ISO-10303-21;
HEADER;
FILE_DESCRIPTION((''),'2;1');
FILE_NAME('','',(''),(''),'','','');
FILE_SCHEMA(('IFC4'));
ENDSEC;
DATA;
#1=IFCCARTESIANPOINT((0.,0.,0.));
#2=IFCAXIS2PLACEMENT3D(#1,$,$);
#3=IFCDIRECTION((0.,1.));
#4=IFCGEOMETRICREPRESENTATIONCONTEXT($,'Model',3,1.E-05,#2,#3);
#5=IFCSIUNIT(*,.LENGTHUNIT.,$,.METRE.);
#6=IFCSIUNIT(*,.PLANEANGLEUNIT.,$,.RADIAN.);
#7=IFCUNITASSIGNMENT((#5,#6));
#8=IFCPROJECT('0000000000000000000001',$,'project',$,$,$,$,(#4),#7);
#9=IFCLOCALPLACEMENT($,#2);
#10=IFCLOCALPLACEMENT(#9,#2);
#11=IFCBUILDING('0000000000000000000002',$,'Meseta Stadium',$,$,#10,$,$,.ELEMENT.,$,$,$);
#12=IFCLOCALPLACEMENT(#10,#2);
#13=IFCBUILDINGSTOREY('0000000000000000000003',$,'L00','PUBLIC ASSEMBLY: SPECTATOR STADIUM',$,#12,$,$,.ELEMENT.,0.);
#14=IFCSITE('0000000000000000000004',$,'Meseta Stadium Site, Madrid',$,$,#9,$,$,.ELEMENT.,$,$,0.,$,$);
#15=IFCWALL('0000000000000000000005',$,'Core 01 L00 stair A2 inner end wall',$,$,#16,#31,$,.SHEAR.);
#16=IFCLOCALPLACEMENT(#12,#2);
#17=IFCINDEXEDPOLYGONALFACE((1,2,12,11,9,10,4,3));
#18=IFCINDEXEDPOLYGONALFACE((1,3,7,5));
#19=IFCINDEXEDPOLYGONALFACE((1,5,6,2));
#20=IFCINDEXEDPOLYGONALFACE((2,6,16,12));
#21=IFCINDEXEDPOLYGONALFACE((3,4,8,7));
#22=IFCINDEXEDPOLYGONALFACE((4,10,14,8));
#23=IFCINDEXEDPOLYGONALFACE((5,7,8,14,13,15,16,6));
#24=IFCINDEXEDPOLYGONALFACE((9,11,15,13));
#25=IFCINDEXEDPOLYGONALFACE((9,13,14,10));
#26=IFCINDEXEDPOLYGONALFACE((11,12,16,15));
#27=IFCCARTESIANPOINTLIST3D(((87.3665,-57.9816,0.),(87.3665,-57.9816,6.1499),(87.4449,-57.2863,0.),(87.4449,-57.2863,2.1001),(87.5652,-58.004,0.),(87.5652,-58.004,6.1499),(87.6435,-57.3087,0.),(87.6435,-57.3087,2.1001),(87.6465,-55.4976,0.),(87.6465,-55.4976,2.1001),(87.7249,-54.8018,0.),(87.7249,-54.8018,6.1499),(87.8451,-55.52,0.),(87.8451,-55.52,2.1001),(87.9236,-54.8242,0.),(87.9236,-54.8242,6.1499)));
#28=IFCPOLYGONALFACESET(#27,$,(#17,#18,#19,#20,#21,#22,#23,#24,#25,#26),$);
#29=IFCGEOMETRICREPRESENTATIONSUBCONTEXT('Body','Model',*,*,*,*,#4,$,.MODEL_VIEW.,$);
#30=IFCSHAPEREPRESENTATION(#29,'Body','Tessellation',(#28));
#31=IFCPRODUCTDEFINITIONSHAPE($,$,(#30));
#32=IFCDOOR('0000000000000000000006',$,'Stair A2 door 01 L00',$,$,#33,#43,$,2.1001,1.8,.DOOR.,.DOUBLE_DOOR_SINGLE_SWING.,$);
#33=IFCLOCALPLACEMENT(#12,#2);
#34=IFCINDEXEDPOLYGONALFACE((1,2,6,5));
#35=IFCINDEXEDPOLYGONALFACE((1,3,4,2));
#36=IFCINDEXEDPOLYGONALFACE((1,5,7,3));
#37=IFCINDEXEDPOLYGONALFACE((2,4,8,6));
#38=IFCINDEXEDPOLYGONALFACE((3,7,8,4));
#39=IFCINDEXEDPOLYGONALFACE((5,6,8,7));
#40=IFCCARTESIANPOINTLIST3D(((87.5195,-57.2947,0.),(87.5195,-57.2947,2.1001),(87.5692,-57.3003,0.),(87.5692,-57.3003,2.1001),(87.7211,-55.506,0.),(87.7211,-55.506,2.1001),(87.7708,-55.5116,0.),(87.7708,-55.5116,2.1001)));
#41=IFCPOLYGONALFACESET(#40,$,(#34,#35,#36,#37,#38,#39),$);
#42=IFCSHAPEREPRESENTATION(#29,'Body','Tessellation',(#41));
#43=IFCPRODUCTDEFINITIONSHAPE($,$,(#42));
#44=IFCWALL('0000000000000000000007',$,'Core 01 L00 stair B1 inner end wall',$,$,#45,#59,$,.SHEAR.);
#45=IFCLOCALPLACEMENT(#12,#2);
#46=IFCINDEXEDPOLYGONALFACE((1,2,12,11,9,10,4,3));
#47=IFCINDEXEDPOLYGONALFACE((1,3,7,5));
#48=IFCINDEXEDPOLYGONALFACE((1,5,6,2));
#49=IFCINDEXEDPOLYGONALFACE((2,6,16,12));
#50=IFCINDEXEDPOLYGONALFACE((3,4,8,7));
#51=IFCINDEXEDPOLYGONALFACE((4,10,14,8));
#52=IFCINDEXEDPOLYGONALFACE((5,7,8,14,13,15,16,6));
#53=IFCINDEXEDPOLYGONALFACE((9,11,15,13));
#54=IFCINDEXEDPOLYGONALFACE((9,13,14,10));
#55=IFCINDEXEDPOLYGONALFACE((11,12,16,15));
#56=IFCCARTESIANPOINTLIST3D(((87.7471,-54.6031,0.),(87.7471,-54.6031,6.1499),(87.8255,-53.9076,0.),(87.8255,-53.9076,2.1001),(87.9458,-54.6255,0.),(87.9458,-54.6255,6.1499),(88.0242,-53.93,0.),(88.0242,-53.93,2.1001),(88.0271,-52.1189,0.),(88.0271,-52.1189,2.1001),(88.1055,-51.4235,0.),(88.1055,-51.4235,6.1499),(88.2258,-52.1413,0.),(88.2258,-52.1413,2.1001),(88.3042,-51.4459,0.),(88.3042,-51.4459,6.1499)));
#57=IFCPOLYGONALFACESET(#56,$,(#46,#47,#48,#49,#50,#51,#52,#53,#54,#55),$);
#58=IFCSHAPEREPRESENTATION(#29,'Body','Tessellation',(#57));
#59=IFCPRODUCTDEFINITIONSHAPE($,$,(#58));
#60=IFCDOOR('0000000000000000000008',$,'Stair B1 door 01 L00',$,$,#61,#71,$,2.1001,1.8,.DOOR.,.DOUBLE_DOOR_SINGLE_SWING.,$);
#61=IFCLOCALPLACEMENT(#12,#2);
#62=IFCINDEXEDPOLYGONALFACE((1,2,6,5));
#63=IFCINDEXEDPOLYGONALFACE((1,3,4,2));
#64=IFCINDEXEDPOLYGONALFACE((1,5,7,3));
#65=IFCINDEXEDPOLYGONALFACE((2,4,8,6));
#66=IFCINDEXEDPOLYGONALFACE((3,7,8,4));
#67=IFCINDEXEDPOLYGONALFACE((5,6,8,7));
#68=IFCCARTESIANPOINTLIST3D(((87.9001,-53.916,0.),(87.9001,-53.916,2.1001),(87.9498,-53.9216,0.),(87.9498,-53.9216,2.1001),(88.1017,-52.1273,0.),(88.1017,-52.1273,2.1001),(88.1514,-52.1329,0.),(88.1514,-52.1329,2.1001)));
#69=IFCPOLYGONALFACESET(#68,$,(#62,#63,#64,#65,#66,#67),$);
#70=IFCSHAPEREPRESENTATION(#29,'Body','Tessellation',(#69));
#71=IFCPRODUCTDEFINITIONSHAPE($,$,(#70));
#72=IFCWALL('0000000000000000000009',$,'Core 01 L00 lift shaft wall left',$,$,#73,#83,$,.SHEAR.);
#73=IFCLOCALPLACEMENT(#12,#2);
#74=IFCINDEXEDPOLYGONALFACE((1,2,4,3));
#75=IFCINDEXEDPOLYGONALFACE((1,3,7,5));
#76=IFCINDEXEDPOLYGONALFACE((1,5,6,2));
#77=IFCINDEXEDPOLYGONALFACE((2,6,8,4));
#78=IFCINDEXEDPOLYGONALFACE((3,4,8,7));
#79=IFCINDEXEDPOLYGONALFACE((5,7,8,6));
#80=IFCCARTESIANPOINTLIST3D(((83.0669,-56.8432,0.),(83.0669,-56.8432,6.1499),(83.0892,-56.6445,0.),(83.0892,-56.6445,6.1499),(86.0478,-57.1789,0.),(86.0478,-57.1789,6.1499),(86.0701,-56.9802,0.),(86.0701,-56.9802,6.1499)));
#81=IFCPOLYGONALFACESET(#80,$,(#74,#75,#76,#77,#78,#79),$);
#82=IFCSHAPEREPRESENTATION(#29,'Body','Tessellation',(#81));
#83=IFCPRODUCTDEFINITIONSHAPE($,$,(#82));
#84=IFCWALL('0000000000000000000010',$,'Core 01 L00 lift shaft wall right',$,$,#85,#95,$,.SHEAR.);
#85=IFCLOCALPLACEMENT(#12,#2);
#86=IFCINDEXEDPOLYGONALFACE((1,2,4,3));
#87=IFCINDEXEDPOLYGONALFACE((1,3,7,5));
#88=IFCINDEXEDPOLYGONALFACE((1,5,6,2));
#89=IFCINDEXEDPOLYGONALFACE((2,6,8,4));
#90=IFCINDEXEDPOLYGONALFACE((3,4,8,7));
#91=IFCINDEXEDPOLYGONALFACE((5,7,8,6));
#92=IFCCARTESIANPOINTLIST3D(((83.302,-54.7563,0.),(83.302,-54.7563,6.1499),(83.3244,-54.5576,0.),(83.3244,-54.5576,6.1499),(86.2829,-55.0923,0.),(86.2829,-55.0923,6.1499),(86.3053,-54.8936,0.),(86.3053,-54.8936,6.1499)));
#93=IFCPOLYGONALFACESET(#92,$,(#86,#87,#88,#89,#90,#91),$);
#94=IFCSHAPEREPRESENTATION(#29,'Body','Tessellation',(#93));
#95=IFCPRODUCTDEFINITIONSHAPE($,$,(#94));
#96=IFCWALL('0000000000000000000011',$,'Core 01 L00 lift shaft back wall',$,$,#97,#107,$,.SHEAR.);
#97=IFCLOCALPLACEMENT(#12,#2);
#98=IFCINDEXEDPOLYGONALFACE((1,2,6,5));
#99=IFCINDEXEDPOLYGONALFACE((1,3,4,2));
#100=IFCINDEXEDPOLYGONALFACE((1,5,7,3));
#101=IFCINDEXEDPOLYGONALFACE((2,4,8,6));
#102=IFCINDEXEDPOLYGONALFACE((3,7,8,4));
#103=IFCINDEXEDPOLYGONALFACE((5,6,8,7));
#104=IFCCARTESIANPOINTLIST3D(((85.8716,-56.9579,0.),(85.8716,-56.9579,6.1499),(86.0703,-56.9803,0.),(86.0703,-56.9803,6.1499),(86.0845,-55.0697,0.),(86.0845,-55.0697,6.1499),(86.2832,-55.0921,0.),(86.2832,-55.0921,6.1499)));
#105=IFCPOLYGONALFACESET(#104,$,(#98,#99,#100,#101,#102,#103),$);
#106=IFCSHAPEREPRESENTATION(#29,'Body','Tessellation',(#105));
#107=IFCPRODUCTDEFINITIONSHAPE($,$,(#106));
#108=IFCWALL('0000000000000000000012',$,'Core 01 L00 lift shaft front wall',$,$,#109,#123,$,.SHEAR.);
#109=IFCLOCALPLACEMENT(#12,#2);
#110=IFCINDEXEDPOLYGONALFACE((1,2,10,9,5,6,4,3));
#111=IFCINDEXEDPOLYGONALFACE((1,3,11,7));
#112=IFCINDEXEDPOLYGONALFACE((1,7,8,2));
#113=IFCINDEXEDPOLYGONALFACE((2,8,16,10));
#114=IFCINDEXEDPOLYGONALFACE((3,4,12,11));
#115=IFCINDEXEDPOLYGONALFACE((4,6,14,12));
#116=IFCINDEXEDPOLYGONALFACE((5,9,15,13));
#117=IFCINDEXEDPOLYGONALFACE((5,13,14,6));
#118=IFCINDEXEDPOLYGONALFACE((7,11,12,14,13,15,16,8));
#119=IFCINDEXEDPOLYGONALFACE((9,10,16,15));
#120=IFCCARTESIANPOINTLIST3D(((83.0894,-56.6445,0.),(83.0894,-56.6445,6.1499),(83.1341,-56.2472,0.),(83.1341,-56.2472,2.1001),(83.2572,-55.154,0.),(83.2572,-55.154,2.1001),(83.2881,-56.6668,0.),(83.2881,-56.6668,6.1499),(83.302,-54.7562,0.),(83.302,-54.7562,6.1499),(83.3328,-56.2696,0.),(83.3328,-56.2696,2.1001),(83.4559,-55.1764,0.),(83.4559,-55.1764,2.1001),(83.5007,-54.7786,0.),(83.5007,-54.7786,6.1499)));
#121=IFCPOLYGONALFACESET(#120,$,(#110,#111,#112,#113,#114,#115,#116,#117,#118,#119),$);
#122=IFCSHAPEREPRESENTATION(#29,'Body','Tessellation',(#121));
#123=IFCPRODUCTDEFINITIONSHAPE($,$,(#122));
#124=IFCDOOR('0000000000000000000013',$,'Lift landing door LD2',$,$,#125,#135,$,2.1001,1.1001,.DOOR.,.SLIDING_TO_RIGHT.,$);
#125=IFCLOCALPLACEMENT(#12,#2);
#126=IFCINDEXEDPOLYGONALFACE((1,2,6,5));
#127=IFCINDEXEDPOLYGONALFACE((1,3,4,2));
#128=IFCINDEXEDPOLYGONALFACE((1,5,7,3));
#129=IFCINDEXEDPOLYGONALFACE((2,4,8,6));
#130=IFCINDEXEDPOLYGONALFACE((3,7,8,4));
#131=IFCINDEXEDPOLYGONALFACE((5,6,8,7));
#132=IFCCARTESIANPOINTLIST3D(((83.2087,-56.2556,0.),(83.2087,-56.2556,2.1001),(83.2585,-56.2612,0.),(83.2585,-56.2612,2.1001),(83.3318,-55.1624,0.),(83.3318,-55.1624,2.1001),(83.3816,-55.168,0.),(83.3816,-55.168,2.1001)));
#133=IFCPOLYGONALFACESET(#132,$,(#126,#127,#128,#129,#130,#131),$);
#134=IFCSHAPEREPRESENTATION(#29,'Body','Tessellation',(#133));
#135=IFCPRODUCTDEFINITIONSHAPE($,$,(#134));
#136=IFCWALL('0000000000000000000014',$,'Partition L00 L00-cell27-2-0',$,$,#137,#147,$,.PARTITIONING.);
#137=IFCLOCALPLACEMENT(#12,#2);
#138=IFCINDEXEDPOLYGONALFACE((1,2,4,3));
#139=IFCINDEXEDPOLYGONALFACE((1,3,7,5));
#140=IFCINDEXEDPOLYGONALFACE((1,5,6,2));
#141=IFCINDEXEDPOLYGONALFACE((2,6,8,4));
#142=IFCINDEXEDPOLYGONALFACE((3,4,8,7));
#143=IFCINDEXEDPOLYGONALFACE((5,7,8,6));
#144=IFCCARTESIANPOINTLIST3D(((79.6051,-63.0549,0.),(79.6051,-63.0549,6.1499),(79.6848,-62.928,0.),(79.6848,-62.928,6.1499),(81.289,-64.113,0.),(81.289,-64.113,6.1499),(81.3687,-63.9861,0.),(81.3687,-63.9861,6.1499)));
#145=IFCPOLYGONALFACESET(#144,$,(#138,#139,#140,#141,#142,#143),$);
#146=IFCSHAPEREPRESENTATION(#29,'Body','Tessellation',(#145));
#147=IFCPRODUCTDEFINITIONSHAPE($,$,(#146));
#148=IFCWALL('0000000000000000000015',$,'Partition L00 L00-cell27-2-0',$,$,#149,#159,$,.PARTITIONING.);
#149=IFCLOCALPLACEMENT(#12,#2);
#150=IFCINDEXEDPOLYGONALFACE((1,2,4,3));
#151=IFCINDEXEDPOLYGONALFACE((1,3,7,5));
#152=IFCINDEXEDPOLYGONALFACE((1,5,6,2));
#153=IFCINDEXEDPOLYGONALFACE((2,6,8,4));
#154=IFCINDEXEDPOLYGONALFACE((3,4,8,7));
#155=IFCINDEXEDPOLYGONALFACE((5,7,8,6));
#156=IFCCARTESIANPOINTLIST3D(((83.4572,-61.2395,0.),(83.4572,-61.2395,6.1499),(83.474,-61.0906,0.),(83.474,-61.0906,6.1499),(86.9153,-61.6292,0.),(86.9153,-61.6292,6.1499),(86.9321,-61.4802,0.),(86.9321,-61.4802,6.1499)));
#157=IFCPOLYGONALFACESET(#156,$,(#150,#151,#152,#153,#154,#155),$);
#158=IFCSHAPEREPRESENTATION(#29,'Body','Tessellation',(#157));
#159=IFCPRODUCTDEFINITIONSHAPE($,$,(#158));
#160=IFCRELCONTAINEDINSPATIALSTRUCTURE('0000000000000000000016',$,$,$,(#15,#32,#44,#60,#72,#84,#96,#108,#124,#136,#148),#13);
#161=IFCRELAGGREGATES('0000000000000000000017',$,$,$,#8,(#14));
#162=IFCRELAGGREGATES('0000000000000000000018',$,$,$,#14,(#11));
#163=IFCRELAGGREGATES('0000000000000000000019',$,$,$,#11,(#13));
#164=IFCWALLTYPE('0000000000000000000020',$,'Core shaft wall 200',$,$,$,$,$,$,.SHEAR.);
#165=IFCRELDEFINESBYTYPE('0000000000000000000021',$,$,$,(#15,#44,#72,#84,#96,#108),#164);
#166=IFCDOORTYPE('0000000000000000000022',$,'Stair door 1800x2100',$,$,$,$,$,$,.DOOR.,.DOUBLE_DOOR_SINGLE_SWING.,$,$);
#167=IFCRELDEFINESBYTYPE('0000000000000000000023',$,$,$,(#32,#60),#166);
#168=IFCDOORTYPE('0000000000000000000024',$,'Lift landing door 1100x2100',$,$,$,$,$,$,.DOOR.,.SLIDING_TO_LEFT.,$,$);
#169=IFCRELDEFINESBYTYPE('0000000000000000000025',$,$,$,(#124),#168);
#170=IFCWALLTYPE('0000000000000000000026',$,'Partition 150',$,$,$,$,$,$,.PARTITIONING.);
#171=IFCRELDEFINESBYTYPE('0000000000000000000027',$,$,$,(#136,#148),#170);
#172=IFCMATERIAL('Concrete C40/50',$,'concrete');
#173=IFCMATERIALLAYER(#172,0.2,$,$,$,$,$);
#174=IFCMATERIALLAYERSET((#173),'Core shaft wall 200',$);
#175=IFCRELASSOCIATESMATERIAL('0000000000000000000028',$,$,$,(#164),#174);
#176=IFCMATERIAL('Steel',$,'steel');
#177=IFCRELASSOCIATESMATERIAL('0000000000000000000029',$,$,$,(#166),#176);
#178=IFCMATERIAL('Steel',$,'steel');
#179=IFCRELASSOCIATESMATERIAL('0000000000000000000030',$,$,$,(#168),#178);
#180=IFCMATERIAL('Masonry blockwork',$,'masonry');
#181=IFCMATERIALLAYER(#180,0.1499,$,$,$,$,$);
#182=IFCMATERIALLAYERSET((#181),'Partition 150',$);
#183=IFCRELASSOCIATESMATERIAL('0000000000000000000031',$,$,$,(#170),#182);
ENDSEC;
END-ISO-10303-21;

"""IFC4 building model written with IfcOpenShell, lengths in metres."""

from ifc_helpers import new_model, si_unit, direction, frame, frame_2d, origin, place, context, subcontext, project, spatial, rectangle, extrude, material, layer, layer_set, type_object, element, fill, save


model = new_model("IFC4")

# Units and contexts
model_context = context("Model", 3, precision=1e-05, world=origin(), true_north=direction((0.0, 1.0)))
body_context = subcontext(model_context, "Body", "Model", "MODEL_VIEW")
ifc_project = project(units=[si_unit("LENGTHUNIT", "METRE"), si_unit("PLANEANGLEUNIT", "RADIAN")], contexts=[model_context])

# Site, building, storey
site_placement = place(None, origin())
site = spatial("IfcSite", under=ifc_project, at=site_placement, Name="Meseta Stadium Site, Madrid", CompositionType="ELEMENT", RefElevation=0.0)
building_placement = place(site_placement, origin())
building = spatial("IfcBuilding", under=site, at=building_placement, Name="Meseta Stadium", CompositionType="ELEMENT")
storey_placement = place(building_placement, origin())
storey = spatial("IfcBuildingStorey", under=building, at=storey_placement, Name="L00", Description="PUBLIC ASSEMBLY: SPECTATOR STADIUM", CompositionType="ELEMENT", Elevation=0.0)

# Walls, openings, doors
ifc_material_1 = material(Name="Concrete C40/50", Category="concrete")
ifc_layer_1 = layer(ifc_material_1, 0.2)
ifc_layer_set_1 = layer_set([ifc_layer_1], Name="Core shaft wall 200")
wall_type_1 = type_object("IfcWallType", Name="Core shaft wall 200", PredefinedType="SHEAR", material=ifc_layer_set_1)
ifc_material_2 = material(Name="Steel", Category="steel")
door_type_1 = type_object("IfcDoorType", Name="Stair door 1800x2100", OperationType="DOUBLE_DOOR_SINGLE_SWING", PredefinedType="DOOR", material=ifc_material_2)
wall_1_placement = place(storey_placement, frame((87.4658, -57.9929, 0.0), z_axis=(0.0, 0.0, 1.0), x_axis=(0.111997, 0.993709, 0.0)))
wall_1 = element("IfcWall", 1, at=wall_1_placement, inside=storey, type_object=wall_type_1, Name="Core 01 L00 stair A2 inner end wall", PredefinedType="SHEAR", context=body_context, shape_type="SweptSolid", body=[
    extrude(rectangle(XDim=3.2, YDim=0.2, at=frame_2d((1.6001, 0.0))), origin(), (0.0, 0.0, 1.0), 6.1499),
])
opening_1_placement = place(wall_1_placement, frame((0.7, 0.0, 0.0)))
opening_1 = element("IfcOpeningElement", 2, at=opening_1_placement, cuts=wall_1, PredefinedType="OPENING", context=body_context, shape_type="SweptSolid", body=[
    extrude(rectangle(XDim=1.8, YDim=2.1001, at=frame_2d((0.8999, 1.05))), frame((0.0, 0.1099, 0.0), z_axis=(0.0, -1.0, 0.0), x_axis=(1.0, 0.0, 0.0)), (0.0, 0.0, 1.0), 0.22),
])
door_1_placement = place(opening_1_placement, origin())
door_1 = element("IfcDoor", 3, at=door_1_placement, inside=storey, type_object=door_type_1, Name="Stair A2 door 01 L00", OperationType="DOUBLE_DOOR_SINGLE_SWING", OverallHeight=2.1001, OverallWidth=1.8, PredefinedType="DOOR", context=body_context, shape_type="SweptSolid", body=[
    extrude(rectangle(XDim=1.8, YDim=2.1001, at=frame_2d((0.8999, 1.05))), frame((0.0, 0.0249, 0.0), z_axis=(0.0, -1.0, 0.0), x_axis=(1.0, 0.0, 0.0)), (0.0, 0.0, 1.0), 0.05),
])
fill(opening_1, door_1)
wall_2_placement = place(storey_placement, frame((87.8464, -54.6143, 0.0), z_axis=(0.0, 0.0, 1.0), x_axis=(0.112006, 0.993708, 0.0)))
wall_2 = element("IfcWall", 4, at=wall_2_placement, inside=storey, type_object=wall_type_1, Name="Core 01 L00 stair B1 inner end wall", PredefinedType="SHEAR", context=body_context, shape_type="SweptSolid", body=[
    extrude(rectangle(XDim=3.1997, YDim=0.2, at=frame_2d((1.5999, 0.0))), origin(), (0.0, 0.0, 1.0), 6.1499),
])
opening_2_placement = place(wall_2_placement, frame((0.7, 0.0, 0.0)))
opening_2 = element("IfcOpeningElement", 5, at=opening_2_placement, cuts=wall_2, PredefinedType="OPENING", context=body_context, shape_type="SweptSolid", body=[
    extrude(rectangle(XDim=1.8, YDim=2.1001, at=frame_2d((0.8999, 1.05))), frame((0.0, 0.1099, 0.0), z_axis=(0.0, -1.0, 0.0), x_axis=(1.0, 0.0, 0.0)), (0.0, 0.0, 1.0), 0.22),
])
door_2_placement = place(opening_2_placement, origin())
door_2 = element("IfcDoor", 6, at=door_2_placement, inside=storey, type_object=door_type_1, Name="Stair B1 door 01 L00", OperationType="DOUBLE_DOOR_SINGLE_SWING", OverallHeight=2.1001, OverallWidth=1.8, PredefinedType="DOOR", context=body_context, shape_type="SweptSolid", body=[
    extrude(rectangle(XDim=1.8, YDim=2.1001, at=frame_2d((0.8999, 1.05))), frame((0.0, 0.0249, 0.0), z_axis=(0.0, -1.0, 0.0), x_axis=(1.0, 0.0, 0.0)), (0.0, 0.0, 1.0), 0.05),
])
fill(opening_2, door_2)

# Walls
for number, where, z_axis, x_axis, name in (
    (7, (86.0591, -57.0796, 0.0), (0.0, 0.0, 1.0), (-0.993719, 0.111905, 0.0), "Core 01 L00 lift shaft wall left"),
    (8, (86.2942, -54.9929, 0.0), (0.0, 0.0, 1.0), (-0.99371, 0.111986, 0.0), "Core 01 L00 lift shaft wall right"),
):
    element("IfcWall", number, at=place(storey_placement, frame(where, z_axis=z_axis, x_axis=x_axis)), inside=storey, type_object=wall_type_1, Name=name, PredefinedType="SHEAR", context=body_context, shape_type="SweptSolid", body=[
        extrude(rectangle(XDim=2.9998, YDim=0.2, at=frame_2d((1.5, 0.0))), origin(), (0.0, 0.0, 1.0), 6.1499),
    ])
wall_3_placement = place(storey_placement, frame((85.9709, -56.9692, 0.0), z_axis=(0.0, 0.0, 1.0), x_axis=(0.112039, 0.993704, 0.0)))
element("IfcWall", 9, at=wall_3_placement, inside=storey, type_object=wall_type_1, Name="Core 01 L00 lift shaft back wall", PredefinedType="SHEAR", context=body_context, shape_type="SweptSolid", body=[
    extrude(rectangle(XDim=1.9001, YDim=0.2, at=frame_2d((0.9502, 0.0))), origin(), (0.0, 0.0, 1.0), 6.1499),
])

# Wall, opening, door
wall_4_placement = place(storey_placement, frame((83.1887, -56.6558, 0.0), z_axis=(0.0, 0.0, 1.0), x_axis=(0.111912, 0.993718, 0.0)))
wall_4 = element("IfcWall", 10, at=wall_4_placement, inside=storey, type_object=wall_type_1, Name="Core 01 L00 lift shaft front wall", PredefinedType="SHEAR", context=body_context, shape_type="SweptSolid", body=[
    extrude(rectangle(XDim=1.9001, YDim=0.2, at=frame_2d((0.9502, 0.0))), origin(), (0.0, 0.0, 1.0), 6.1499),
])
opening_3_placement = place(wall_4_placement, frame((0.3999, 0.0, 0.0)))
opening_3 = element("IfcOpeningElement", 11, at=opening_3_placement, cuts=wall_4, PredefinedType="OPENING", context=body_context, shape_type="SweptSolid", body=[
    extrude(rectangle(XDim=1.1001, YDim=2.1001, at=frame_2d((0.55, 1.05))), frame((0.0, 0.1099, 0.0), z_axis=(0.0, -1.0, 0.0), x_axis=(1.0, 0.0, 0.0)), (0.0, 0.0, 1.0), 0.22),
])
ifc_material_3 = material(Name="Steel", Category="steel")
door_type_2 = type_object("IfcDoorType", Name="Lift landing door 1100x2100", OperationType="SLIDING_TO_LEFT", PredefinedType="DOOR", material=ifc_material_3)
door_3_placement = place(opening_3_placement, origin())
door_3 = element("IfcDoor", 12, at=door_3_placement, inside=storey, type_object=door_type_2, Name="Lift landing door LD2", OperationType="SLIDING_TO_RIGHT", OverallHeight=2.1001, OverallWidth=1.1001, PredefinedType="DOOR", context=body_context, shape_type="SweptSolid", body=[
    extrude(rectangle(XDim=1.1001, YDim=2.1001, at=frame_2d((0.55, 1.05))), frame((0.0, 0.0249, 0.0), z_axis=(0.0, -1.0, 0.0), x_axis=(1.0, 0.0, 0.0)), (0.0, 0.0, 1.0), 0.05),
])
fill(opening_3, door_3)

# Walls
ifc_material_4 = material(Name="Masonry blockwork", Category="masonry")
ifc_layer_2 = layer(ifc_material_4, 0.1499)
ifc_layer_set_2 = layer_set([ifc_layer_2], Name="Partition 150")
wall_type_2 = type_object("IfcWallType", Name="Partition 150", PredefinedType="PARTITIONING", material=ifc_layer_set_2)
wall_5_placement = place(storey_placement, frame((81.3289, -64.0496, 0.0), z_axis=(0.0, 0.0, 1.0), x_axis=(-0.846706, 0.532061, 0.0)))
element("IfcWall", 13, at=wall_5_placement, inside=storey, type_object=wall_type_2, Name="Partition L00 L00-cell27-2-0", PredefinedType="PARTITIONING", context=body_context, shape_type="SweptSolid", body=[
    extrude(rectangle(XDim=1.9888, YDim=0.1499, at=frame_2d((0.9944, 0.0))), origin(), (0.0, 0.0, 1.0), 6.1499),
])
wall_6_placement = place(storey_placement, frame((83.4656, -61.165, 0.0), z_axis=(0.0, 0.0, 1.0), x_axis=(0.993711, -0.111971, 0.0)))
element("IfcWall", 14, at=wall_6_placement, inside=storey, type_object=wall_type_2, Name="Partition L00 L00-cell27-2-0", PredefinedType="PARTITIONING", context=body_context, shape_type="SweptSolid", body=[
    extrude(rectangle(XDim=3.48, YDim=0.1499, at=frame_2d((1.74, 0.0))), origin(), (0.0, 0.0, 1.0), 6.1499),
])

save(model, "model.ifc")
